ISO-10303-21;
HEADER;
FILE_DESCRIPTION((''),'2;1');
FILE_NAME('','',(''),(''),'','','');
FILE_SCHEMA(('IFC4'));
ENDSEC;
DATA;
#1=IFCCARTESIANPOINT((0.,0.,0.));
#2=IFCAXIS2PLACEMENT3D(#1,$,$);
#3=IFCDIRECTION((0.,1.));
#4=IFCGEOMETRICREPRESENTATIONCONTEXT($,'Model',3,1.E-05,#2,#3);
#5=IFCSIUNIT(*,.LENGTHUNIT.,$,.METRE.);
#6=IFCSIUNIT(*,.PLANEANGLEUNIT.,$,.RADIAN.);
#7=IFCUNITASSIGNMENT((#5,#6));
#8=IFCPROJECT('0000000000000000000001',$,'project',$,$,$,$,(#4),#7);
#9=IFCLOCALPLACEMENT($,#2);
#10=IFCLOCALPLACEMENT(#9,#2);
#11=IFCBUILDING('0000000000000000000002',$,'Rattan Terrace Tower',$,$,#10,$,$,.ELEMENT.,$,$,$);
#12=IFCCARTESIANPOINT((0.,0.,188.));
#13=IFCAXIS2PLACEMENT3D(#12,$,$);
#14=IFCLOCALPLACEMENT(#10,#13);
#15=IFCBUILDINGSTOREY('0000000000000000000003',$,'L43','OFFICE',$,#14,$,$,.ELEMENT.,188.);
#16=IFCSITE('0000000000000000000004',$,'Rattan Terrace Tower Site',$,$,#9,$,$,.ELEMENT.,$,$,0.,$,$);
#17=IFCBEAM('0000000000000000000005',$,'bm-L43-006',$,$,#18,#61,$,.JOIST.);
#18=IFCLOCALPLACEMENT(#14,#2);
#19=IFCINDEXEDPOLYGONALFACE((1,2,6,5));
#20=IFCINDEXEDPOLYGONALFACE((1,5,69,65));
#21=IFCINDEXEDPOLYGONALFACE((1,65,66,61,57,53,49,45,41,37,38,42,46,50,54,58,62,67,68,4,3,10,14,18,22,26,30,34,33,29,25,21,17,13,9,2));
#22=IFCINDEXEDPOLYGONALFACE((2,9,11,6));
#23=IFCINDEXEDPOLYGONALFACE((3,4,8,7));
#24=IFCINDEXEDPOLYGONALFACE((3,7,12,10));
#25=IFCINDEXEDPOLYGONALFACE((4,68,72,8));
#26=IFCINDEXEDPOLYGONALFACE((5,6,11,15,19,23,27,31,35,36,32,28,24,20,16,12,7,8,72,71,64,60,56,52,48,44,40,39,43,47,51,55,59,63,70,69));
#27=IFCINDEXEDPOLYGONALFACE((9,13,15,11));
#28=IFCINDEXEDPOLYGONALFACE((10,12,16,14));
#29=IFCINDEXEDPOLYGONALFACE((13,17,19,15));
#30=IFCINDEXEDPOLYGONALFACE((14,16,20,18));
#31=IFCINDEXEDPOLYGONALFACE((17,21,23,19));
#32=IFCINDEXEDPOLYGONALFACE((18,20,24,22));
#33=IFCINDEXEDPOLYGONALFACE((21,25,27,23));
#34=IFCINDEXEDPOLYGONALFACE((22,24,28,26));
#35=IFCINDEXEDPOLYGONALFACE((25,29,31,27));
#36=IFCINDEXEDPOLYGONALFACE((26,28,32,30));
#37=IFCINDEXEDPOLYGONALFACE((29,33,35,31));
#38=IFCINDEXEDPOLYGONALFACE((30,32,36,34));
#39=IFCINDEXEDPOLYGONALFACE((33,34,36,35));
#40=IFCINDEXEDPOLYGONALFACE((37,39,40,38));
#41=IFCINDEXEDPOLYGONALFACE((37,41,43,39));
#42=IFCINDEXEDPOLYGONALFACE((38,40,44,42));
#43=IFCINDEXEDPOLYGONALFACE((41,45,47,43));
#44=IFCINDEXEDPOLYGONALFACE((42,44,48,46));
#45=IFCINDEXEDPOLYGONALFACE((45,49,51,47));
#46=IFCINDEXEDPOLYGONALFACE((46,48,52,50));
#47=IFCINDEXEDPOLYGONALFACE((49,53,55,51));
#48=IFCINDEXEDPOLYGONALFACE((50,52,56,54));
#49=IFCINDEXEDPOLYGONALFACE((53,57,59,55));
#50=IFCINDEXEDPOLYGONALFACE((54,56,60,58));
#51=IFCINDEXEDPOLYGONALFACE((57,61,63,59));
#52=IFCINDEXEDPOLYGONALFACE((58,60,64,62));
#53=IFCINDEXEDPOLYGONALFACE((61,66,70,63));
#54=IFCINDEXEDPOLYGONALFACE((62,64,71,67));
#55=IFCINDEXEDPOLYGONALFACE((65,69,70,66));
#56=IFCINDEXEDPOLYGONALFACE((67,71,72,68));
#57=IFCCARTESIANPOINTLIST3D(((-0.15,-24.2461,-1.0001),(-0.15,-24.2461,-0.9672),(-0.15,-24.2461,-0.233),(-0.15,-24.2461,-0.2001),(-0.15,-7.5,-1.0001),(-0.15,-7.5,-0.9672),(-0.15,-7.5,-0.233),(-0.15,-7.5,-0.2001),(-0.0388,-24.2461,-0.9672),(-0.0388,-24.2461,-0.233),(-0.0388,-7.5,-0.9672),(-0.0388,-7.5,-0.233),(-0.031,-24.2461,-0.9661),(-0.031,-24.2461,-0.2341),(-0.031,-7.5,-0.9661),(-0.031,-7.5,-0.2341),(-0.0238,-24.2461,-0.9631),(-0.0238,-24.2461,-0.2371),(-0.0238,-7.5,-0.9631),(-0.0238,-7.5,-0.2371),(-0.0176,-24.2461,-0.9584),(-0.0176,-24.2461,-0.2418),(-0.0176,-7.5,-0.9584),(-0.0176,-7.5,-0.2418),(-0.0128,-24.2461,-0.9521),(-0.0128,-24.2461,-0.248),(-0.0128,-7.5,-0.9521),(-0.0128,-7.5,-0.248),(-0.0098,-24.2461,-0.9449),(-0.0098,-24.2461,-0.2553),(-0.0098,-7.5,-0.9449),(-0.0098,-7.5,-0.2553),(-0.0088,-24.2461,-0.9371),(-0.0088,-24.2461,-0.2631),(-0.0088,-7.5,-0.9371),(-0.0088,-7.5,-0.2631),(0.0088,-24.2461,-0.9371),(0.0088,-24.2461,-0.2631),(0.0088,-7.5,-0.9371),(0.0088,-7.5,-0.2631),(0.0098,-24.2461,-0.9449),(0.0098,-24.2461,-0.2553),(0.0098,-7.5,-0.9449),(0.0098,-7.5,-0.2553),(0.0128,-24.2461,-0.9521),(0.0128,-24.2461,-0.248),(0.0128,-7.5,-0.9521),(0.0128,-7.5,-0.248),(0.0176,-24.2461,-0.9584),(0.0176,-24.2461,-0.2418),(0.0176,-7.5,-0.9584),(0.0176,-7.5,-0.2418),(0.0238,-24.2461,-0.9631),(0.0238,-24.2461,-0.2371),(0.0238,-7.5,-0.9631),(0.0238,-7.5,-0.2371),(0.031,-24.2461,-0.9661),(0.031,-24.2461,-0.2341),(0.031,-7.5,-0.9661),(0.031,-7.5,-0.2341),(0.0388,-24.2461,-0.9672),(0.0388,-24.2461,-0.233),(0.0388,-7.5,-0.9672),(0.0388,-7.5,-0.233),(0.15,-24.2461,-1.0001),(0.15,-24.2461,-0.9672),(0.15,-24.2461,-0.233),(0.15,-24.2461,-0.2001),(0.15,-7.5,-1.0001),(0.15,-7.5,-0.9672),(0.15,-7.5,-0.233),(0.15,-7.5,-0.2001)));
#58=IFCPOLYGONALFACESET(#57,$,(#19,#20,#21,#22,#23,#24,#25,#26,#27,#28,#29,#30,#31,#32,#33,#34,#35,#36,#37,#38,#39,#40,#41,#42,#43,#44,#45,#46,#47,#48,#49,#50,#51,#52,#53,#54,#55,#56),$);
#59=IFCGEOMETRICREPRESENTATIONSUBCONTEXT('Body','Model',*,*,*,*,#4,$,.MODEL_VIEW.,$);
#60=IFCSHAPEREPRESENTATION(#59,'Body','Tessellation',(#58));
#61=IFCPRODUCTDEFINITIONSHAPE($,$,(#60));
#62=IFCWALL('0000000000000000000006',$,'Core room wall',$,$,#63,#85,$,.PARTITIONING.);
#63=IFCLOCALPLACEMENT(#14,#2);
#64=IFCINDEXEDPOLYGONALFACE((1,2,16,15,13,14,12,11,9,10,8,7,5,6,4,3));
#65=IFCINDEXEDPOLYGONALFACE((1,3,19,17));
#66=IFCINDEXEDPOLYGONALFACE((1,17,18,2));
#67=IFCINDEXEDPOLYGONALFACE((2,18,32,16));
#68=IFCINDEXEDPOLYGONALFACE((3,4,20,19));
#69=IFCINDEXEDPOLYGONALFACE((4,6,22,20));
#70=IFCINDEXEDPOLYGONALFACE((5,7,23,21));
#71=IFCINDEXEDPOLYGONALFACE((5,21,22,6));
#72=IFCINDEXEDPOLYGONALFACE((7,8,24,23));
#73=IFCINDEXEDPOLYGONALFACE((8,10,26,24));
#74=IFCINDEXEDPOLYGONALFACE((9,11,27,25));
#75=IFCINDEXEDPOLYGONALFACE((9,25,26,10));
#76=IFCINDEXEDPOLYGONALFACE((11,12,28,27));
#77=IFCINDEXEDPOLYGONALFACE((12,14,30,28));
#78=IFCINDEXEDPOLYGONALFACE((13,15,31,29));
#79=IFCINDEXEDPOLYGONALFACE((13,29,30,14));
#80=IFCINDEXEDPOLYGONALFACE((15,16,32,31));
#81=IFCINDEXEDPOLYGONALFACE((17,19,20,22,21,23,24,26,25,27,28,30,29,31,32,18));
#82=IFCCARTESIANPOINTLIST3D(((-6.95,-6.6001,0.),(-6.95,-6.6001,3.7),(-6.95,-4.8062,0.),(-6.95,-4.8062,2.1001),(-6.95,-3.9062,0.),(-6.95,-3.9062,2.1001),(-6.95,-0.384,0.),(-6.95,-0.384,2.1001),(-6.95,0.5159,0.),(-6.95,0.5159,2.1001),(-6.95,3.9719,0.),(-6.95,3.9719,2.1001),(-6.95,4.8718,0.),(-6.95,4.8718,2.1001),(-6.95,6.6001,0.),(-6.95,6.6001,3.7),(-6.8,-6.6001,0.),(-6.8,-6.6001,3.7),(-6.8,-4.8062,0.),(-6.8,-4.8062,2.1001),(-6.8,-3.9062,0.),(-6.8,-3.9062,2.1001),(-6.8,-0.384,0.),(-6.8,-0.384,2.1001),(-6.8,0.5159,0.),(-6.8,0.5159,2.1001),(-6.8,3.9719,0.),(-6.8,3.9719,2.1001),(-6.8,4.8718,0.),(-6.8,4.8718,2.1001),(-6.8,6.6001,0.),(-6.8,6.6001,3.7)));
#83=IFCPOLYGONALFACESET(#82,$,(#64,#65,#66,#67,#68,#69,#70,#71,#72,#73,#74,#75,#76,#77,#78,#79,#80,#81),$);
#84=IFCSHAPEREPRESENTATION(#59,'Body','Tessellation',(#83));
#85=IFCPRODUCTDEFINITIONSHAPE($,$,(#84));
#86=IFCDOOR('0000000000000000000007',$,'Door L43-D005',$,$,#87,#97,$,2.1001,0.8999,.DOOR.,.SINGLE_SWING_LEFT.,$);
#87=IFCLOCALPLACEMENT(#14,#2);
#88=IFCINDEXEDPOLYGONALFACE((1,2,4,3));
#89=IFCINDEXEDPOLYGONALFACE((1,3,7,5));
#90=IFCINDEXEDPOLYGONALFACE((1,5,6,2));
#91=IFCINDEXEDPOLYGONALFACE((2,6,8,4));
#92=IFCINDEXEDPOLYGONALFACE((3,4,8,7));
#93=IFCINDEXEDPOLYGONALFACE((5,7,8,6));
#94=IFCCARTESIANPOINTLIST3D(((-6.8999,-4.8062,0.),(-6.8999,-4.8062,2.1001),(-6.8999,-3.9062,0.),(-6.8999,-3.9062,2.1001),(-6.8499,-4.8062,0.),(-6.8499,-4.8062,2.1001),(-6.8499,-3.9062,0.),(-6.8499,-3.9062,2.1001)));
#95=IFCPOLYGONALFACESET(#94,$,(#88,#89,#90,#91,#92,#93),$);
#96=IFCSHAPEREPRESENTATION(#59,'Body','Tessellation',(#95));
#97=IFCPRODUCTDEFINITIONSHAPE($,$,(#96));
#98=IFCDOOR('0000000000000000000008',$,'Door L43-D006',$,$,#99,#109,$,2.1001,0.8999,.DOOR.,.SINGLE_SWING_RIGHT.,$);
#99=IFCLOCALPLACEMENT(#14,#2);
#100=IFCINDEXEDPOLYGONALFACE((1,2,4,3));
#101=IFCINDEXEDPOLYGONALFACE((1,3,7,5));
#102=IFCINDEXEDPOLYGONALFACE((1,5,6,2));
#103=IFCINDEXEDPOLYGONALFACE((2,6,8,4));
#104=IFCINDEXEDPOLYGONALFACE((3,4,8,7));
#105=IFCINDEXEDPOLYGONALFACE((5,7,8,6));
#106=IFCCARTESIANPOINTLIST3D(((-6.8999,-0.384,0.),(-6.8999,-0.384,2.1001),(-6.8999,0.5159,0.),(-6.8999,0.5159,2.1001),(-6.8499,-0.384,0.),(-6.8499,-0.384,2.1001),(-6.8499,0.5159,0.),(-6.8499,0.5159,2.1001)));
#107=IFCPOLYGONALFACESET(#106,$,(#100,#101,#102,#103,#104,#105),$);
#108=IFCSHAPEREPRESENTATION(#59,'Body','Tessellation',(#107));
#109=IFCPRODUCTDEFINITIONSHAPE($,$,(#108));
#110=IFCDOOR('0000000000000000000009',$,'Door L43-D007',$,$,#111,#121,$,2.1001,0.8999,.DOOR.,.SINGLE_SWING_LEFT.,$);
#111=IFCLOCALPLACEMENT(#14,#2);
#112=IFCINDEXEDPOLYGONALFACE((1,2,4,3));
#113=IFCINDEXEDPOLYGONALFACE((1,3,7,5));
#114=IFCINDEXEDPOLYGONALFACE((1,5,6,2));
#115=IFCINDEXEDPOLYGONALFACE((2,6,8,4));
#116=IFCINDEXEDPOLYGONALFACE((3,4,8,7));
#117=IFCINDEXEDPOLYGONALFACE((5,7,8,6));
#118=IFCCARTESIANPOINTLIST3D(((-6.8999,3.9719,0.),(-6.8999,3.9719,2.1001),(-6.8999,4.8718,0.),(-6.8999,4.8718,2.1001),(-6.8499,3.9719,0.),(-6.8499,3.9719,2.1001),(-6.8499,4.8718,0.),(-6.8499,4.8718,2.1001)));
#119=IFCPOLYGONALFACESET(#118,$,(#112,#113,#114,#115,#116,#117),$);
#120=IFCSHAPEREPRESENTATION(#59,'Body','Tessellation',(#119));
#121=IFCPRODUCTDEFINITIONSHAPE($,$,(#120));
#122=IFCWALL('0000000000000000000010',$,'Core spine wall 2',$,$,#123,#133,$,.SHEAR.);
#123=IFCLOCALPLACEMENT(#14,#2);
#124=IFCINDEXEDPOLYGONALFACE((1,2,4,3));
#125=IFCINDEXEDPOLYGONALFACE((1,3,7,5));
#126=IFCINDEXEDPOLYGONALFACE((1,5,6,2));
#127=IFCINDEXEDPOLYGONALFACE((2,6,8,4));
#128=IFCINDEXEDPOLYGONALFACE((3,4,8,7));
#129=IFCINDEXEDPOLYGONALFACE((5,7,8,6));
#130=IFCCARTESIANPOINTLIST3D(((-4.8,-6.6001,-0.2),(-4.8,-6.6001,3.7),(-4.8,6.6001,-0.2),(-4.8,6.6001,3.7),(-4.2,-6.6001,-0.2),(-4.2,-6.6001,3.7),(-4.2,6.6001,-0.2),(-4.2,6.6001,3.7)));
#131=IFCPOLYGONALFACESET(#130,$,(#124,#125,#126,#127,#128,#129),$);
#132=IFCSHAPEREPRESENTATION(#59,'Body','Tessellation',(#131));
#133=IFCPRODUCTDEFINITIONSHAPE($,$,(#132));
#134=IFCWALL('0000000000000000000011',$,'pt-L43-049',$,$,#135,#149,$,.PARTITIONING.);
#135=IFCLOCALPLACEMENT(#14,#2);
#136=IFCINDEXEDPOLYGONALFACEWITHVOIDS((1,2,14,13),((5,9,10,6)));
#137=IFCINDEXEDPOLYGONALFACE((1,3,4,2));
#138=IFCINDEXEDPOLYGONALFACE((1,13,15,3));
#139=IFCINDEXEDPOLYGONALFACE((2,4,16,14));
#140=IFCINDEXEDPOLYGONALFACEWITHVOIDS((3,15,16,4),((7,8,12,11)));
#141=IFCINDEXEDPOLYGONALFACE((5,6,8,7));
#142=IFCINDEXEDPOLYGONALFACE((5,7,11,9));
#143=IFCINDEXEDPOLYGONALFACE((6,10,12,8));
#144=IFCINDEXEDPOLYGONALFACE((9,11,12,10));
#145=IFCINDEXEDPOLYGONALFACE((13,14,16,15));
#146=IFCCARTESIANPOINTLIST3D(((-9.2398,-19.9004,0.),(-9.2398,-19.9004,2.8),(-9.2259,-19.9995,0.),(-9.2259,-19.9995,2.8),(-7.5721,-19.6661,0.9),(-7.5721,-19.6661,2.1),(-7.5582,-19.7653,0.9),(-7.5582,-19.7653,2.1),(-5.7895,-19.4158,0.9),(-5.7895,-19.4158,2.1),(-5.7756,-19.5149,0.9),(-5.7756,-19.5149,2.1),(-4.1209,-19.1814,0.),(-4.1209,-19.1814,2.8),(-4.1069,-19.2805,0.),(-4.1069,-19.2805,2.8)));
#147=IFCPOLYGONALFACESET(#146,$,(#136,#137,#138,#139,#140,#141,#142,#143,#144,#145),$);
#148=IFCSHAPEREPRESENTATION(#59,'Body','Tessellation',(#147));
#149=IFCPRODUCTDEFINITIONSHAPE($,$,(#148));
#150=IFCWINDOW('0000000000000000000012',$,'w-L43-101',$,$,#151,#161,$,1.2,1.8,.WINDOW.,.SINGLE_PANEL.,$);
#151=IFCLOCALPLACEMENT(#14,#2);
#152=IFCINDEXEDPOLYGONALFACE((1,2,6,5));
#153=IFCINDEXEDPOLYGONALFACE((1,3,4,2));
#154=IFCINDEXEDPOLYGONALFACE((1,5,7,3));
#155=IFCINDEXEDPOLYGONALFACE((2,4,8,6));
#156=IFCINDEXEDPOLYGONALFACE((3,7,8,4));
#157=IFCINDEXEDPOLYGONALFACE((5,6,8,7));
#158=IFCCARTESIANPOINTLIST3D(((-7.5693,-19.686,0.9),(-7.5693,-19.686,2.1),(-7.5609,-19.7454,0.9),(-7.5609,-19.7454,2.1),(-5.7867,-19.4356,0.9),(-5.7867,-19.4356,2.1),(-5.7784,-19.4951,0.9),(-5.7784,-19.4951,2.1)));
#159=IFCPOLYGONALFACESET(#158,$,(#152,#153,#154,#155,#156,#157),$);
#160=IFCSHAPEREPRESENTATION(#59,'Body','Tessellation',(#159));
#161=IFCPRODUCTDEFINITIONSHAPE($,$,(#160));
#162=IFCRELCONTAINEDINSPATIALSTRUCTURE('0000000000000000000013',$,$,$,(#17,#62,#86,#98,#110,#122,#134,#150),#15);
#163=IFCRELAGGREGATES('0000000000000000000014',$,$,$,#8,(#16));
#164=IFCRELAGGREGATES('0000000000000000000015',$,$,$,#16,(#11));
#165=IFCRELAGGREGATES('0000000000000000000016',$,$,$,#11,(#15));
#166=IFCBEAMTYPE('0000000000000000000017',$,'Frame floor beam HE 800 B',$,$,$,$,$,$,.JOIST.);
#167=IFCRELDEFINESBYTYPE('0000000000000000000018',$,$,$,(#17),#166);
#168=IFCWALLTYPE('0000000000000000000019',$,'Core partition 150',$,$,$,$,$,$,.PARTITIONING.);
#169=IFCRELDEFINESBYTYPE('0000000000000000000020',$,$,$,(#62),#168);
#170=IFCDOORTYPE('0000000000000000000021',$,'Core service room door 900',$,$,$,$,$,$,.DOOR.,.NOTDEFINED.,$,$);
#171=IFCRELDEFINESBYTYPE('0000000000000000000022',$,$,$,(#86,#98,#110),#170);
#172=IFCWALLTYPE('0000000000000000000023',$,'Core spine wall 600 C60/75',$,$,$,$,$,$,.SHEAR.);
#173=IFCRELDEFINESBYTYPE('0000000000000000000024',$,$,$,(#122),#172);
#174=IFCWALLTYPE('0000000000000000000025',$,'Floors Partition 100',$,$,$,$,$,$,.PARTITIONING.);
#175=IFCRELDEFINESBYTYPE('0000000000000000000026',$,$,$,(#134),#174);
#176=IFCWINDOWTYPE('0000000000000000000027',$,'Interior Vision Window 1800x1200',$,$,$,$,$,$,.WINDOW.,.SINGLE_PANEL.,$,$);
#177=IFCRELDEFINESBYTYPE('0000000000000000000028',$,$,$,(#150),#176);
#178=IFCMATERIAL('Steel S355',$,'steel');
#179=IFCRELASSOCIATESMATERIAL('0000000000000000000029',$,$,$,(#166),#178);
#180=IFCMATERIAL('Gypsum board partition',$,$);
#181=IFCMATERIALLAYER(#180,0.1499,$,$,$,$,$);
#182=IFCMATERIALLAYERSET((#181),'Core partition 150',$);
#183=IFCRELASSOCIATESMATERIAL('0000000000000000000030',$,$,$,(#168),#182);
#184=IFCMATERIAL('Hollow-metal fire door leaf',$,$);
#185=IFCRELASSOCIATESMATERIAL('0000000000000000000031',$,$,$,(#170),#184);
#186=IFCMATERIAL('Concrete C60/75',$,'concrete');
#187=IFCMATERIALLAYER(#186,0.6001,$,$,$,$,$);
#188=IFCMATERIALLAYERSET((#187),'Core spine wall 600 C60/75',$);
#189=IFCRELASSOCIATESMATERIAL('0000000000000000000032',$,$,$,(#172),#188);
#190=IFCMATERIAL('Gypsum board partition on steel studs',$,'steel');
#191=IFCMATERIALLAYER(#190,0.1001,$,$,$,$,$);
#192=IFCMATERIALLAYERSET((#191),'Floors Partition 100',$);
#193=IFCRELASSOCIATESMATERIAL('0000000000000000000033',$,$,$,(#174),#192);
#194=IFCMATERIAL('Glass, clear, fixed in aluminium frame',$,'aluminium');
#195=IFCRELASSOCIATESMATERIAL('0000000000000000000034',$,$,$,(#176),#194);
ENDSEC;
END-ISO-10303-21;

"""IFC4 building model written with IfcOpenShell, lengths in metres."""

from ifc_helpers import new_model, si_unit, direction, frame, frame_2d, origin, origin_2d, place, context, subcontext, project, spatial, rectangle, i_section, extrude, material, layer, layer_set, material_profile, profile_set, type_object, element, fill, save


model = new_model("IFC4")

# Units and contexts
model_context = context("Model", 3, precision=1e-05, world=origin(), true_north=direction((0.0, 1.0)))
body_context = subcontext(model_context, "Body", "Model", "MODEL_VIEW")
ifc_project = project(units=[si_unit("LENGTHUNIT", "METRE"), si_unit("PLANEANGLEUNIT", "RADIAN")], contexts=[model_context])

# Site, building, storey
site_placement = place(None, origin())
site = spatial("IfcSite", under=ifc_project, at=site_placement, Name="Rattan Terrace Tower Site", CompositionType="ELEMENT", RefElevation=0.0)
building_placement = place(site_placement, origin())
building = spatial("IfcBuilding", under=site, at=building_placement, Name="Rattan Terrace Tower", CompositionType="ELEMENT")
storey_placement = place(building_placement, frame((0.0, 0.0, 188.0)))
storey = spatial("IfcBuildingStorey", under=building, at=storey_placement, Name="L43", Description="OFFICE", CompositionType="ELEMENT", Elevation=188.0)

# Beam
ifc_material_1 = material(Name="Steel S355", Category="steel")
ifc_material_profile = material_profile(ifc_material_1, i_section(OverallWidth=0.3, OverallDepth=0.8, WebThickness=0.0176, FlangeThickness=0.033, FilletRadius=0.03, at=origin_2d()), Name="HE 800 B")
ifc_profile_set = profile_set([ifc_material_profile], Name="Steel S355")
beam_type = type_object("IfcBeamType", Name="Frame floor beam HE 800 B", PredefinedType="JOIST", material=ifc_profile_set)
beam_placement = place(storey_placement, frame((0.0, -24.2461, -0.6001), z_axis=(0.0, 1.0, 0.0), x_axis=(-1.0, 0.0, 0.0)))
element("IfcBeam", 1, at=beam_placement, inside=storey, type_object=beam_type, Name="bm-L43-006", PredefinedType="JOIST", context=body_context, shape_type="SweptSolid", body=[
    extrude(i_section(OverallWidth=0.3, OverallDepth=0.8, WebThickness=0.0176, FlangeThickness=0.033, FilletRadius=0.03, at=origin_2d()), origin(), (0.0, 0.0, 1.0), 16.7461),
])

# Wall, openings, doors
ifc_material_2 = material(Name="Gypsum board partition")
ifc_layer_1 = layer(ifc_material_2, 0.1499)
ifc_layer_set_1 = layer_set([ifc_layer_1], Name="Core partition 150")
wall_type_1 = type_object("IfcWallType", Name="Core partition 150", PredefinedType="PARTITIONING", material=ifc_layer_set_1)
wall_1_placement = place(storey_placement, frame((-6.875, -6.6001, 0.0), z_axis=(0.0, 0.0, 1.0), x_axis=(0.0, 1.0, 0.0)))
wall_1 = element("IfcWall", 2, at=wall_1_placement, inside=storey, type_object=wall_type_1, Name="Core room wall", PredefinedType="PARTITIONING", context=body_context, shape_type="SweptSolid", body=[
    extrude(rectangle(XDim=13.2002, YDim=0.1499, at=frame_2d((6.6001, 0.0))), origin(), (0.0, 0.0, 1.0), 3.7),
])
opening_1_placement = place(wall_1_placement, frame((1.7939, 0.0, 0.0)))
opening_1 = element("IfcOpeningElement", 3, at=opening_1_placement, cuts=wall_1, PredefinedType="OPENING", context=body_context, shape_type="SweptSolid", body=[
    extrude(rectangle(XDim=0.8999, YDim=2.1001, at=frame_2d((0.45, 1.05))), frame((0.0, 0.0854, 0.0), z_axis=(0.0, -1.0, 0.0), x_axis=(1.0, 0.0, 0.0)), (0.0, 0.0, 1.0), 0.1709),
])
opening_2_placement = place(wall_1_placement, frame((6.2161, 0.0, 0.0)))
opening_2 = element("IfcOpeningElement", 4, at=opening_2_placement, cuts=wall_1, PredefinedType="OPENING", context=body_context, shape_type="SweptSolid", body=[
    extrude(rectangle(XDim=0.8999, YDim=2.1001, at=frame_2d((0.45, 1.05))), frame((0.0, 0.0854, 0.0), z_axis=(0.0, -1.0, 0.0), x_axis=(1.0, 0.0, 0.0)), (0.0, 0.0, 1.0), 0.1709),
])
opening_3_placement = place(wall_1_placement, frame((10.572, 0.0, 0.0)))
opening_3 = element("IfcOpeningElement", 5, at=opening_3_placement, cuts=wall_1, PredefinedType="OPENING", context=body_context, shape_type="SweptSolid", body=[
    extrude(rectangle(XDim=0.8999, YDim=2.1001, at=frame_2d((0.45, 1.05))), frame((0.0, 0.0854, 0.0), z_axis=(0.0, -1.0, 0.0), x_axis=(1.0, 0.0, 0.0)), (0.0, 0.0, 1.0), 0.1709),
])
ifc_material_3 = material(Name="Hollow-metal fire door leaf")
door_type_1 = type_object("IfcDoorType", Name="Core service room door 900", OperationType="NOTDEFINED", PredefinedType="DOOR", material=ifc_material_3)
door_1_placement = place(opening_1_placement, origin())
door_1 = element("IfcDoor", 6, at=door_1_placement, inside=storey, type_object=door_type_1, Name="Door L43-D005", OperationType="SINGLE_SWING_LEFT", OverallHeight=2.1001, OverallWidth=0.8999, PredefinedType="DOOR", context=body_context, shape_type="SweptSolid", body=[
    extrude(rectangle(XDim=0.8999, YDim=2.1001, at=frame_2d((0.45, 1.05))), frame((0.0, 0.0249, 0.0), z_axis=(0.0, -1.0, 0.0), x_axis=(1.0, 0.0, 0.0)), (0.0, 0.0, 1.0), 0.05),
])
fill(opening_1, door_1)
door_2_placement = place(opening_2_placement, origin())
door_2 = element("IfcDoor", 7, at=door_2_placement, inside=storey, type_object=door_type_1, Name="Door L43-D006", OperationType="SINGLE_SWING_RIGHT", OverallHeight=2.1001, OverallWidth=0.8999, PredefinedType="DOOR", context=body_context, shape_type="SweptSolid", body=[
    extrude(rectangle(XDim=0.8999, YDim=2.1001, at=frame_2d((0.45, 1.05))), frame((0.0, 0.0249, 0.0), z_axis=(0.0, -1.0, 0.0), x_axis=(1.0, 0.0, 0.0)), (0.0, 0.0, 1.0), 0.05),
])
fill(opening_2, door_2)
door_3_placement = place(opening_3_placement, origin())
door_3 = element("IfcDoor", 8, at=door_3_placement, inside=storey, type_object=door_type_1, Name="Door L43-D007", OperationType="SINGLE_SWING_LEFT", OverallHeight=2.1001, OverallWidth=0.8999, PredefinedType="DOOR", context=body_context, shape_type="SweptSolid", body=[
    extrude(rectangle(XDim=0.8999, YDim=2.1001, at=frame_2d((0.45, 1.05))), frame((0.0, 0.0249, 0.0), z_axis=(0.0, -1.0, 0.0), x_axis=(1.0, 0.0, 0.0)), (0.0, 0.0, 1.0), 0.05),
])
fill(opening_3, door_3)

# Wall
ifc_material_4 = material(Name="Concrete C60/75", Category="concrete")
ifc_layer_2 = layer(ifc_material_4, 0.6001)
ifc_layer_set_2 = layer_set([ifc_layer_2], Name="Core spine wall 600 C60/75")
wall_type_2 = type_object("IfcWallType", Name="Core spine wall 600 C60/75", PredefinedType="SHEAR", material=ifc_layer_set_2)
wall_2_placement = place(storey_placement, frame((-4.5, -6.6001, -0.2), z_axis=(0.0, 0.0, 1.0), x_axis=(0.0, 1.0, 0.0)))
element("IfcWall", 9, at=wall_2_placement, inside=storey, type_object=wall_type_2, Name="Core spine wall 2", PredefinedType="SHEAR", context=body_context, shape_type="SweptSolid", body=[
    extrude(rectangle(XDim=13.2002, YDim=0.6001, at=frame_2d((6.6001, 0.0))), origin(), (0.0, 0.0, 1.0), 3.8999),
])

# Wall, opening, window
ifc_material_5 = material(Name="Gypsum board partition on steel studs", Category="steel")
ifc_layer_3 = layer(ifc_material_5, 0.1001)
ifc_layer_set_3 = layer_set([ifc_layer_3], Name="Floors Partition 100")
wall_type_3 = type_object("IfcWallType", Name="Floors Partition 100", PredefinedType="PARTITIONING", material=ifc_layer_set_3)
wall_3_placement = place(storey_placement, frame((-4.114, -19.231, 0.0), z_axis=(0.0, 0.0, 1.0), x_axis=(-0.990279, -0.139093, 0.0)))
wall_3 = element("IfcWall", 10, at=wall_3_placement, inside=storey, type_object=wall_type_3, Name="pt-L43-049", PredefinedType="PARTITIONING", context=body_context, shape_type="SweptSolid", body=[
    extrude(rectangle(XDim=5.1692, YDim=0.1001, at=frame_2d((2.5845, 0.0))), origin(), (0.0, 0.0, 1.0), 2.8),
])
opening_4_placement = place(wall_3_placement, frame((1.6851, 0.0, 0.8999)))
opening_4 = element("IfcOpeningElement", 11, at=opening_4_placement, cuts=wall_3, PredefinedType="OPENING", context=body_context, shape_type="SweptSolid", body=[
    extrude(rectangle(XDim=1.8, YDim=1.2, at=frame_2d((0.8999, 0.6001))), frame((0.0, 0.0605, 0.0), z_axis=(0.0, -1.0, 0.0), x_axis=(1.0, 0.0, 0.0)), (0.0, 0.0, 1.0), 0.1211),
])
ifc_material_6 = material(Name="Glass, clear, fixed in aluminium frame", Category="aluminium")
window_type = type_object("IfcWindowType", Name="Interior Vision Window 1800x1200", PartitioningType="SINGLE_PANEL", PredefinedType="WINDOW", material=ifc_material_6)
window_placement = place(opening_4_placement, origin())
window = element("IfcWindow", 12, at=window_placement, inside=storey, type_object=window_type, Name="w-L43-101", OverallHeight=1.2, OverallWidth=1.8, PartitioningType="SINGLE_PANEL", PredefinedType="WINDOW", context=body_context, shape_type="SweptSolid", body=[
    extrude(rectangle(XDim=1.8, YDim=1.2, at=frame_2d((0.8999, 0.6001))), frame((0.0, 0.03, 0.0), z_axis=(0.0, -1.0, 0.0), x_axis=(1.0, 0.0, 0.0)), (0.0, 0.0, 1.0), 0.0601),
])
fill(opening_4, window)

save(model, "model.ifc")
